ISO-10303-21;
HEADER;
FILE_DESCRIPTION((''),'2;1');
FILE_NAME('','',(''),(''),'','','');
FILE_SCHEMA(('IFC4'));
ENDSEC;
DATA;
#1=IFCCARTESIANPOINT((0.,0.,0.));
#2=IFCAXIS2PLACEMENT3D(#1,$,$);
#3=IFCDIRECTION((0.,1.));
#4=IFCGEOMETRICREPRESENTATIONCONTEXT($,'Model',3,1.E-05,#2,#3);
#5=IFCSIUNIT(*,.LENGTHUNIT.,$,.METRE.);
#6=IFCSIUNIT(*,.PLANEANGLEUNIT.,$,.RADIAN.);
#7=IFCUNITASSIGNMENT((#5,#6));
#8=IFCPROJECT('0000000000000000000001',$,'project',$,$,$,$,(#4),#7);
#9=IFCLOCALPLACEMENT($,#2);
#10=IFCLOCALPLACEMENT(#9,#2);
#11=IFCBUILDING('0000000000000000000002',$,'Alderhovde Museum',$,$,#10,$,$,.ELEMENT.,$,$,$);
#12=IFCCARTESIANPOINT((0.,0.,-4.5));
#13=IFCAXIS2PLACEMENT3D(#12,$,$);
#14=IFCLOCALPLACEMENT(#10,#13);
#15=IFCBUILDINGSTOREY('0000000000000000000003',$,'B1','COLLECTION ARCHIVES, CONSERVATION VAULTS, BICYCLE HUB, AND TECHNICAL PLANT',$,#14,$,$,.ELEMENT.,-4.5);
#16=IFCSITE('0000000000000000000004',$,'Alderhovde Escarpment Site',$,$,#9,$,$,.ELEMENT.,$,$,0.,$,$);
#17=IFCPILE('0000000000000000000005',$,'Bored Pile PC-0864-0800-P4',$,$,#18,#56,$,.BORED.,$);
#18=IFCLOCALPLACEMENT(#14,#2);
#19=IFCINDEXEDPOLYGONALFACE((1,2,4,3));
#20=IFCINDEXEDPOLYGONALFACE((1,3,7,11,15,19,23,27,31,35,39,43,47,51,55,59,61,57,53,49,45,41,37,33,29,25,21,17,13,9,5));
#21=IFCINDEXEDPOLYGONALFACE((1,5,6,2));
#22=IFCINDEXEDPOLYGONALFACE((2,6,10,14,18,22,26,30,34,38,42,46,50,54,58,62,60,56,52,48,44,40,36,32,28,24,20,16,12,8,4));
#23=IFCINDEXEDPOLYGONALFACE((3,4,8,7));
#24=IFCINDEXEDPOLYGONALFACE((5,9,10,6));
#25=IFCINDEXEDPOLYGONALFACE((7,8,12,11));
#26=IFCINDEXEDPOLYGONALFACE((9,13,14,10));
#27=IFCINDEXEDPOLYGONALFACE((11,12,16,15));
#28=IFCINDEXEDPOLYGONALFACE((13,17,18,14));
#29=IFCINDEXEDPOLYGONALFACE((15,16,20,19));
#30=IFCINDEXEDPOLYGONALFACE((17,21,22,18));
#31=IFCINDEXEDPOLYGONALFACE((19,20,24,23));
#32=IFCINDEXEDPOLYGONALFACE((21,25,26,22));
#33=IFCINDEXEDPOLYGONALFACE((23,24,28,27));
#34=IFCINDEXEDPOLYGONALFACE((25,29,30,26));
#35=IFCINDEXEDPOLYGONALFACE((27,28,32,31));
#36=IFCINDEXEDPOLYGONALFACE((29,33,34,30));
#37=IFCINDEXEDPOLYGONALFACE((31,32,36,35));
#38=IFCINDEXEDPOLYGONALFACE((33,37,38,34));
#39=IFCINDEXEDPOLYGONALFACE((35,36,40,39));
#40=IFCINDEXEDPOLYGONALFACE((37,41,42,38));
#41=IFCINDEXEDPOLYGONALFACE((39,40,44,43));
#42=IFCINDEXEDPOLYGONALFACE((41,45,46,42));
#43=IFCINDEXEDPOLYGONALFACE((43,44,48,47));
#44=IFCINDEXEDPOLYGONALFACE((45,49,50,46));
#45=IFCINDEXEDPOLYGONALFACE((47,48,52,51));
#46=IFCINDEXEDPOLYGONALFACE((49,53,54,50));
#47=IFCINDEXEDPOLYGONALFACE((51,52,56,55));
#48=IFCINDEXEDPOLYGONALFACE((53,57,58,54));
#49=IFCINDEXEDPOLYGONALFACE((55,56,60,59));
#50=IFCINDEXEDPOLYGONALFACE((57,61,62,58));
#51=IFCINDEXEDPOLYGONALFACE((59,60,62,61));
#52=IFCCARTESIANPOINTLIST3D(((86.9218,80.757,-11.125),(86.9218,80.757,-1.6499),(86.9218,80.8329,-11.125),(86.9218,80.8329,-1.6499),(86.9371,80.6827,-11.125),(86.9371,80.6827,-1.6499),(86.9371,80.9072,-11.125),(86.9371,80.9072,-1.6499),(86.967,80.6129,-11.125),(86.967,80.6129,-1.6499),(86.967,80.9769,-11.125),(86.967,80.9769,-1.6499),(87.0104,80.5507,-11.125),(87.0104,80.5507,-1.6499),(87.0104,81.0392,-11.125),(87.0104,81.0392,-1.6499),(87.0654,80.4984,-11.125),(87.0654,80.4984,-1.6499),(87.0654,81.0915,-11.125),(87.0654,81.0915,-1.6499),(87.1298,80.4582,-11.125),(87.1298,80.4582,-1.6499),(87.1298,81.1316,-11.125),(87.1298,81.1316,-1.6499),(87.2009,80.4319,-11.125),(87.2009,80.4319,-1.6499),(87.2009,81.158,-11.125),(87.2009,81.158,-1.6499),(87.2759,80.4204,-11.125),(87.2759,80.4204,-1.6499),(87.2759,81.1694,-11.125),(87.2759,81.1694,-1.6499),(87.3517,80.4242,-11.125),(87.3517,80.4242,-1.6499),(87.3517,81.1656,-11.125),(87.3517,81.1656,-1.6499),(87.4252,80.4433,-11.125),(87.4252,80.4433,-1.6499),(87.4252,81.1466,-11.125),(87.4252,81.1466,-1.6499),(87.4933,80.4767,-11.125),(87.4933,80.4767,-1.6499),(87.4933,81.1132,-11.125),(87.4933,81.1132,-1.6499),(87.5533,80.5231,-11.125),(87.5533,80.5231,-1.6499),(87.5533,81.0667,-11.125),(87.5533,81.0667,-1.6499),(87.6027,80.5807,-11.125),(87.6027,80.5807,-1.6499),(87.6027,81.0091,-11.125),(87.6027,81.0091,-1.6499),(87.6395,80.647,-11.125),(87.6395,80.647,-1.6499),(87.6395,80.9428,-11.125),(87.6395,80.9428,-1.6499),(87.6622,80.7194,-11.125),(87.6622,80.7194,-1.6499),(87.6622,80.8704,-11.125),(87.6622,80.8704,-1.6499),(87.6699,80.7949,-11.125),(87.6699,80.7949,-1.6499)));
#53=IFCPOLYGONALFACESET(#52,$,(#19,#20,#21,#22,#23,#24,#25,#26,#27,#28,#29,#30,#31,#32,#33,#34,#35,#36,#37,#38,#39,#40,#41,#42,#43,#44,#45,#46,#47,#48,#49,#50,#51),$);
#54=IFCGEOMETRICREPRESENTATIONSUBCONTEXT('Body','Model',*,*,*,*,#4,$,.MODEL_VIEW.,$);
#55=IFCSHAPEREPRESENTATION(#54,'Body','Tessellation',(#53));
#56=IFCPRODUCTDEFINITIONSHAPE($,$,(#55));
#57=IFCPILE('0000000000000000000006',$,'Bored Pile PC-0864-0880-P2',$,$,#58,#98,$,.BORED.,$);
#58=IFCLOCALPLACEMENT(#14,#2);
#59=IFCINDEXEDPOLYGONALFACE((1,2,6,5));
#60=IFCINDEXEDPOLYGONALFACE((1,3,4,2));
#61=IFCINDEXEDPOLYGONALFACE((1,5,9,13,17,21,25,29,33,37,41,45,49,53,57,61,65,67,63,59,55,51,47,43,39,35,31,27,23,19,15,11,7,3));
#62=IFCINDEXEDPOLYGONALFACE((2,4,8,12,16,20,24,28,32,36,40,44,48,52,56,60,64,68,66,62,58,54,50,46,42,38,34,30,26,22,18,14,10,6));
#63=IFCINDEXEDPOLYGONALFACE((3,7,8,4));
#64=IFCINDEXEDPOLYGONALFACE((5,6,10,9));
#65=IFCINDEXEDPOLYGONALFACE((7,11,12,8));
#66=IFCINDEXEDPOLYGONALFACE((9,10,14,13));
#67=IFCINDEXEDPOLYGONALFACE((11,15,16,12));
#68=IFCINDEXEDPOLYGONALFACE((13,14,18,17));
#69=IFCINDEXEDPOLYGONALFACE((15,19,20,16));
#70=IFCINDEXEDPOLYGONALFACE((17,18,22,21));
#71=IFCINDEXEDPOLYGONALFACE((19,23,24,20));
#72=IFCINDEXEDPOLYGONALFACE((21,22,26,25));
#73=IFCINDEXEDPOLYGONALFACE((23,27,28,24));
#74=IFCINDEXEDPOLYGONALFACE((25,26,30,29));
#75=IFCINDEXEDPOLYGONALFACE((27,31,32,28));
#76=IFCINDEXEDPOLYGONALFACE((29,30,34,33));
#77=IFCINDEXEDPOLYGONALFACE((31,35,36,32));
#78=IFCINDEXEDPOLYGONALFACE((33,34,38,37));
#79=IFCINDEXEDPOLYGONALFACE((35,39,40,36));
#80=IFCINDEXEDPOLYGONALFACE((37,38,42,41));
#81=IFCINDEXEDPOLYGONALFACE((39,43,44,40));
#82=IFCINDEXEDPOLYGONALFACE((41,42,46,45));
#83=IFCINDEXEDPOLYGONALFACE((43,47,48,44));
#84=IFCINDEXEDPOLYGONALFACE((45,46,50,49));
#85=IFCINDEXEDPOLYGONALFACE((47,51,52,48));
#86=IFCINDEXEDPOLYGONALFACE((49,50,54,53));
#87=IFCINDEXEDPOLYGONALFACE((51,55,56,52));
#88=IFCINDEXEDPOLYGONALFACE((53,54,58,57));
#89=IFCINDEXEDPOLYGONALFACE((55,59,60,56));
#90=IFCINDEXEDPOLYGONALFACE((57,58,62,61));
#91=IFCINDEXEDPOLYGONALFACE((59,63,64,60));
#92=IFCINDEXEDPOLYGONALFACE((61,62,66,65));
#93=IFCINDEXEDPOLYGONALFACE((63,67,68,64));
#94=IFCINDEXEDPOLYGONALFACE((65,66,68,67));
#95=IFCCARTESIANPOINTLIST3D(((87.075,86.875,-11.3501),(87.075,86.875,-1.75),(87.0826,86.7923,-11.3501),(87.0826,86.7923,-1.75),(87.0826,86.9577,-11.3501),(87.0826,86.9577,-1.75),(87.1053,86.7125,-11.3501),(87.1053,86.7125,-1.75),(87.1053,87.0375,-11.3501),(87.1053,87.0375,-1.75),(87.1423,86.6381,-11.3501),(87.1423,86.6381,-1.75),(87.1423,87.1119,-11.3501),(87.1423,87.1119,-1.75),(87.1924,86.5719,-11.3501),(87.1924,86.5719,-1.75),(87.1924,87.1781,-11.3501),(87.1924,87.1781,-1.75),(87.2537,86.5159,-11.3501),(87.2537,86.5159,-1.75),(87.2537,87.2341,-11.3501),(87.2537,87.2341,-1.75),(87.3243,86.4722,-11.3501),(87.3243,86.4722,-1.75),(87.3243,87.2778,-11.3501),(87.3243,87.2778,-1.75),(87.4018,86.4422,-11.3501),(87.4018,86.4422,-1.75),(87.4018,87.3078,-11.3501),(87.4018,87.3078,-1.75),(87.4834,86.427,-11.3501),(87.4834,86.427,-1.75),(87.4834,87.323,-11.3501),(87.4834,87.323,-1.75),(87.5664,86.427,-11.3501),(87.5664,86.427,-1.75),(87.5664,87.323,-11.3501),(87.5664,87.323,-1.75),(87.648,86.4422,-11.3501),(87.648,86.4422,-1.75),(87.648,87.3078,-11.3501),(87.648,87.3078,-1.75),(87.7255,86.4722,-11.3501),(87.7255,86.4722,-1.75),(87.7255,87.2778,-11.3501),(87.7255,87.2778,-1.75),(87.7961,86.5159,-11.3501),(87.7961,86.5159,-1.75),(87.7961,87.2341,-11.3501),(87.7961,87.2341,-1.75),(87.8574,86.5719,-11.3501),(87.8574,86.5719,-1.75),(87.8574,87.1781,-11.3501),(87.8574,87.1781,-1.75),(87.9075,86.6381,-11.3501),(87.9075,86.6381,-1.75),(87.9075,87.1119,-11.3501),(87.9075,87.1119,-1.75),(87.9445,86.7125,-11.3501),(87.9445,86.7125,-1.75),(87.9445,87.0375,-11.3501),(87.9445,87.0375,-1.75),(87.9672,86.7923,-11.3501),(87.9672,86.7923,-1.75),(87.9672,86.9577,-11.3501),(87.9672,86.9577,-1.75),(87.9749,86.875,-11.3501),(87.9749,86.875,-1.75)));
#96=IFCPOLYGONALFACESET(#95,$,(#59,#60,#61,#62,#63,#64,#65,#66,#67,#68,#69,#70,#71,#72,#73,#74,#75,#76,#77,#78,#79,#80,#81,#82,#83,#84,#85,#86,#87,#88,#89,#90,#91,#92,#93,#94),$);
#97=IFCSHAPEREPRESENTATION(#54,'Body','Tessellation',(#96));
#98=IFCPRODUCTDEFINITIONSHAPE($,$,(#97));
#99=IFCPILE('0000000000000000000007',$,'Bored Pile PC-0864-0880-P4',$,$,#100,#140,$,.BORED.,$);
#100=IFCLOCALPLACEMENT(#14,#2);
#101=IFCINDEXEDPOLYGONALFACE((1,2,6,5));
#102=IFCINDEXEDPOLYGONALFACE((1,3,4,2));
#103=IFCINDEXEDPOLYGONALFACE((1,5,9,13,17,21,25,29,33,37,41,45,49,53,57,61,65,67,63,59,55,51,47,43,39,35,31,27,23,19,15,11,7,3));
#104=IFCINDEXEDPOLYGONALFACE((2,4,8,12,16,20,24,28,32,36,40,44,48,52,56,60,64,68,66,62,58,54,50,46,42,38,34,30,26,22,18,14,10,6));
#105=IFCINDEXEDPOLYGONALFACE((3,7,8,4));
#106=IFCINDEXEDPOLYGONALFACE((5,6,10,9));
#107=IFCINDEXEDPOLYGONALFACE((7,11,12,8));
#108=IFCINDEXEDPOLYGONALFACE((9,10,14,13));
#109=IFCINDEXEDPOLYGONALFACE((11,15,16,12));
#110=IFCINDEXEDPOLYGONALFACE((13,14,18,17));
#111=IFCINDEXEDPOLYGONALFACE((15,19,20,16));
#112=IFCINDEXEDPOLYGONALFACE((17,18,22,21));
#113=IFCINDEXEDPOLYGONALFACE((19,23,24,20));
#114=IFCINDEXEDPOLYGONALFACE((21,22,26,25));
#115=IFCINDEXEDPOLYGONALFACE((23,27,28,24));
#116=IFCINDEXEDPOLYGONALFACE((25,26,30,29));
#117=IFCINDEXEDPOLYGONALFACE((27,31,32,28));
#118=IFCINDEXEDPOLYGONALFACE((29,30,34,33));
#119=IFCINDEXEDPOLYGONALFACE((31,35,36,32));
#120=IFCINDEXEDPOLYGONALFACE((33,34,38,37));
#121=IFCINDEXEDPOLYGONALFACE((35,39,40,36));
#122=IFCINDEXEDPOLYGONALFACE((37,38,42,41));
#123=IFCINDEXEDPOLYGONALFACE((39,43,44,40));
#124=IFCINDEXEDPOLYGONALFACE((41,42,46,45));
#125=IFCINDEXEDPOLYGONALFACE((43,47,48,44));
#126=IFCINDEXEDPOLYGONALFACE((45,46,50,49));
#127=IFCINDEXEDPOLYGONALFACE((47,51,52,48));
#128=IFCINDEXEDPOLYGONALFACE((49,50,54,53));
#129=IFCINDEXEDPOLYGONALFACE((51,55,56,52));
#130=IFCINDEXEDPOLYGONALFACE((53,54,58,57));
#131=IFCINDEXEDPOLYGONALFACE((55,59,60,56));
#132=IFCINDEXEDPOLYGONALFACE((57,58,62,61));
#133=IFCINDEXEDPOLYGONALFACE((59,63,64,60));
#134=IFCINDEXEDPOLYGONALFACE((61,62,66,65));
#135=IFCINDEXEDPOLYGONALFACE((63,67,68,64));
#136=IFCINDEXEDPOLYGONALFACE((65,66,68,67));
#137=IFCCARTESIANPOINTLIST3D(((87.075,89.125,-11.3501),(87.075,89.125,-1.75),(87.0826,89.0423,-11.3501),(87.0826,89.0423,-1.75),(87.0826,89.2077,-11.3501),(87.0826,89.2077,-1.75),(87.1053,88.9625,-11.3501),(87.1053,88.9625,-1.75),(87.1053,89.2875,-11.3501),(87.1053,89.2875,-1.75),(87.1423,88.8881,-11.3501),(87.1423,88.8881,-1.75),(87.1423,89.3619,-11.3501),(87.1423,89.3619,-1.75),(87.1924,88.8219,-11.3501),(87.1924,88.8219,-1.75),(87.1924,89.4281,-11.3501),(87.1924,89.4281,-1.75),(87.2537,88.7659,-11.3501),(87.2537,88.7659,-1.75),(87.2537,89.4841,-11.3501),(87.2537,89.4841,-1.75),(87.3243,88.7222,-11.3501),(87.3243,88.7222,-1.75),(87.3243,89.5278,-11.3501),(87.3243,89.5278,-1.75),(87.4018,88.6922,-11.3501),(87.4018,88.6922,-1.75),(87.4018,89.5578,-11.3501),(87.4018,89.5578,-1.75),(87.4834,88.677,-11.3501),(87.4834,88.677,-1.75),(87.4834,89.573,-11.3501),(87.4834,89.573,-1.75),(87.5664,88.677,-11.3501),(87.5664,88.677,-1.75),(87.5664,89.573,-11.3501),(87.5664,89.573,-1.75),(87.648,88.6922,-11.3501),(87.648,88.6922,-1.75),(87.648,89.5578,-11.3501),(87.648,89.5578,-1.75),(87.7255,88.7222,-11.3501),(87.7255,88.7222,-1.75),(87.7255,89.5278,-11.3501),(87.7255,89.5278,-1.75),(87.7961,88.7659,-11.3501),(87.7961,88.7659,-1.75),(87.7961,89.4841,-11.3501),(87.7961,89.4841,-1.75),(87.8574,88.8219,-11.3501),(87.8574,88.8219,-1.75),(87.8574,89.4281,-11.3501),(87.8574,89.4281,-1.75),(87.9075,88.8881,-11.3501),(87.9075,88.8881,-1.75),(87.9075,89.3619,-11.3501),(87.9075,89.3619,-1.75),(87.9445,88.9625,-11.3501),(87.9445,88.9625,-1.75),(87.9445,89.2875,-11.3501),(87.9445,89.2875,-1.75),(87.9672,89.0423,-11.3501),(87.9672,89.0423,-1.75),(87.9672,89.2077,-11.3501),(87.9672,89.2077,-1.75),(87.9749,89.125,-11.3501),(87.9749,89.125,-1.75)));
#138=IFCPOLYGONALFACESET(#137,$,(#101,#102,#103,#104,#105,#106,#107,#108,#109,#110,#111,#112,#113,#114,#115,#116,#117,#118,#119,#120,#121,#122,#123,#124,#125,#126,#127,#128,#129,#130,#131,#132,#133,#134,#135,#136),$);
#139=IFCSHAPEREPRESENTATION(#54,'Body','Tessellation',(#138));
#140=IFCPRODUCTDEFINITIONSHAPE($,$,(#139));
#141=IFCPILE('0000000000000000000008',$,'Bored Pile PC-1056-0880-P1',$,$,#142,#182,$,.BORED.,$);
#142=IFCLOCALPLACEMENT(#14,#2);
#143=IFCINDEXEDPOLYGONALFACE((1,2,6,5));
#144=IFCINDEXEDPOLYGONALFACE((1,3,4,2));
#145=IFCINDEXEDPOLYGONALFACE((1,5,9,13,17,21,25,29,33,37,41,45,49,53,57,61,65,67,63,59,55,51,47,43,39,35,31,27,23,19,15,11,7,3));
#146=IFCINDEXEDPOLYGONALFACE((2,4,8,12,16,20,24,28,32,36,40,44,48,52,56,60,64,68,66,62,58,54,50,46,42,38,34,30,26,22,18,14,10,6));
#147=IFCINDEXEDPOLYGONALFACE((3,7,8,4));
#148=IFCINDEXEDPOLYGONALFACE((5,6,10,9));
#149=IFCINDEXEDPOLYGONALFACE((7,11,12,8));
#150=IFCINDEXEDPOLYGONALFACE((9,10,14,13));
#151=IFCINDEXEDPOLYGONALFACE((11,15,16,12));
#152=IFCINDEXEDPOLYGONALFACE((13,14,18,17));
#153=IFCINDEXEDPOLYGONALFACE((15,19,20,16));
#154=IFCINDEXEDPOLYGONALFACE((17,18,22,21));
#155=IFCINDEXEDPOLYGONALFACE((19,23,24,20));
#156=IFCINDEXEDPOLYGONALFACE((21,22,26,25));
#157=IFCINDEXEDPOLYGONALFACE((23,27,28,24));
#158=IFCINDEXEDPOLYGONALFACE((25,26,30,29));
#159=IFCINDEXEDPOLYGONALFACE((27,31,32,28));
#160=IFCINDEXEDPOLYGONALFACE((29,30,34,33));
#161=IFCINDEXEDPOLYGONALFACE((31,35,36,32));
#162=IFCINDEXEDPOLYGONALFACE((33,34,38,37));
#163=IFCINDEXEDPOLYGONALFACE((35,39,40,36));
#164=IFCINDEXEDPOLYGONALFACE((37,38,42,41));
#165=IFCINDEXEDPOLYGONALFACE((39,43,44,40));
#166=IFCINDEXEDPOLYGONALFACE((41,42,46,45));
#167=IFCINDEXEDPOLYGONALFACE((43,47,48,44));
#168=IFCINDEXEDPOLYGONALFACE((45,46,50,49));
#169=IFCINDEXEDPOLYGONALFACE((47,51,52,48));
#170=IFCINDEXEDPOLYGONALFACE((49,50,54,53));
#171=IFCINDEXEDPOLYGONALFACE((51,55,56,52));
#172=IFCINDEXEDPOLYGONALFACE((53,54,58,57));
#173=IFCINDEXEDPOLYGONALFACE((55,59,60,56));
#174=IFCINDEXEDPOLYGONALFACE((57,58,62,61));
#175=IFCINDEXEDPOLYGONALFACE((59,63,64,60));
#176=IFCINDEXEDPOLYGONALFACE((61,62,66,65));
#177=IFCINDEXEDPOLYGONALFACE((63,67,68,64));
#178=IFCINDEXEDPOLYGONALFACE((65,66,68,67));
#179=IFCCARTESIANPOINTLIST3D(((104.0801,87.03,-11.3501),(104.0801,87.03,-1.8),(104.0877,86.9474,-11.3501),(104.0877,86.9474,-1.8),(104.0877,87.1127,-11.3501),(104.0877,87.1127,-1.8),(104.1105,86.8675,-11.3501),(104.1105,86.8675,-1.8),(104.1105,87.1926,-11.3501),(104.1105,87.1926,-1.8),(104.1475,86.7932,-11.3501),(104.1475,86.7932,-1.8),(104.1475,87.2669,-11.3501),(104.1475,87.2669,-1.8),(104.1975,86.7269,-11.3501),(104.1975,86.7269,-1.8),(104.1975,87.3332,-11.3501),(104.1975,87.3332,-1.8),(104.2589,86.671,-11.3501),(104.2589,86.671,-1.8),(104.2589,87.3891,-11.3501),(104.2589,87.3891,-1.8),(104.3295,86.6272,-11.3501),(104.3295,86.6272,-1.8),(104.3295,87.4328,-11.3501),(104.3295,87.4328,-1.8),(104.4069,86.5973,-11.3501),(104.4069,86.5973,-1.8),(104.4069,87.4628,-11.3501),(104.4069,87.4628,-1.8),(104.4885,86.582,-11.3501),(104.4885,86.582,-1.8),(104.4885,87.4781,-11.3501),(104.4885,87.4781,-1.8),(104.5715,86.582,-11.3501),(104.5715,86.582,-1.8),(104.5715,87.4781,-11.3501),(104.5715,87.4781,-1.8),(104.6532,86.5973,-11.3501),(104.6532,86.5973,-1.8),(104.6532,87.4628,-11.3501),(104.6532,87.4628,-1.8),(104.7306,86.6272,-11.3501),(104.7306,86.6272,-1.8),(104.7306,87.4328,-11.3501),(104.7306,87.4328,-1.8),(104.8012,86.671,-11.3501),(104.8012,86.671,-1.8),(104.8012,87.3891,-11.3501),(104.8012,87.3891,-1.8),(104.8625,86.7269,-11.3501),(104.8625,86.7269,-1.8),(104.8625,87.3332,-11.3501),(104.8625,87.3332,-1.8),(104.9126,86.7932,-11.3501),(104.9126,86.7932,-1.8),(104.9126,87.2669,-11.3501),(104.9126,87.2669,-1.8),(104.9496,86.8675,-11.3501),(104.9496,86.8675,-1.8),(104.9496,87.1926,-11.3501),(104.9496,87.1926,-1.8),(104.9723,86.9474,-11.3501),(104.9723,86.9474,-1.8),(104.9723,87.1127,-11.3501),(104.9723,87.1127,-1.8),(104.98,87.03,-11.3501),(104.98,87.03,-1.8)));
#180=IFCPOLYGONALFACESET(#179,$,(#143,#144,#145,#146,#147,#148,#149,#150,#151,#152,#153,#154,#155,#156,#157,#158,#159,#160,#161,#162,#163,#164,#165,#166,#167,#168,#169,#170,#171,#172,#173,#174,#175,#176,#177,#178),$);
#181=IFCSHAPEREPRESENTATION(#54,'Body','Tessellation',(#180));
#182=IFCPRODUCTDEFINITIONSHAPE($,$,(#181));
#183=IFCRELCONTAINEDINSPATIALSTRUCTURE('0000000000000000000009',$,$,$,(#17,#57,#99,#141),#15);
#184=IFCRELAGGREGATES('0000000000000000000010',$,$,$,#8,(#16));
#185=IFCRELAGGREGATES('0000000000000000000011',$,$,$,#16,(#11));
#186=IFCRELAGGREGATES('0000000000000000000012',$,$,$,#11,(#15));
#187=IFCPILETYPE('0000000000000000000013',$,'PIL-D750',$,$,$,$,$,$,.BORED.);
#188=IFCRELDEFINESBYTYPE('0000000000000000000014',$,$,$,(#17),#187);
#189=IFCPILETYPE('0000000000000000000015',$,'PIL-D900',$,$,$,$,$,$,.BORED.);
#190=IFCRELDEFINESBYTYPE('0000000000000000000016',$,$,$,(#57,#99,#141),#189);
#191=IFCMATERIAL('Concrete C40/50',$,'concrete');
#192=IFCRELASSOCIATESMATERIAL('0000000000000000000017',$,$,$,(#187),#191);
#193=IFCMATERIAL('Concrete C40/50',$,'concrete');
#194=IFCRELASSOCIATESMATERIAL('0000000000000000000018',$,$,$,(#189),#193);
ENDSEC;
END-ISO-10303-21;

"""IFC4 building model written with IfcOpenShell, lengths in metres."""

from ifc_helpers import new_model, si_unit, direction, frame, origin, origin_2d, place, context, subcontext, project, spatial, circle, extrude, material, material_profile, profile_set, type_object, element, save


model = new_model("IFC4")

# Units and contexts
model_context = context("Model", 3, precision=1e-05, world=origin(), true_north=direction((0.0, 1.0)))
body_context = subcontext(model_context, "Body", "Model", "MODEL_VIEW")
ifc_project = project(units=[si_unit("LENGTHUNIT", "METRE"), si_unit("PLANEANGLEUNIT", "RADIAN")], contexts=[model_context])

# Site, building, storey
site_placement = place(None, origin())
site = spatial("IfcSite", under=ifc_project, at=site_placement, Name="Alderhovde Escarpment Site", CompositionType="ELEMENT", RefElevation=0.0)
building_placement = place(site_placement, origin())
building = spatial("IfcBuilding", under=site, at=building_placement, Name="Alderhovde Museum", CompositionType="ELEMENT")
storey_placement = place(building_placement, frame((0.0, 0.0, -4.5)))
storey = spatial("IfcBuildingStorey", under=building, at=storey_placement, Name="B1", Description="COLLECTION ARCHIVES, CONSERVATION VAULTS, BICYCLE HUB, AND TECHNICAL PLANT", CompositionType="ELEMENT", Elevation=-4.5)

# Piles
ifc_material_1 = material(Name="Concrete C40/50", Category="concrete")
ifc_material_profile_1 = material_profile(ifc_material_1, circle(Radius=0.375, at=origin_2d()), Name="PILE-D750")
ifc_profile_set_1 = profile_set([ifc_material_profile_1], Name="Concrete C40/50")
pile_type_1 = type_object("IfcPileType", Name="PIL-D750", PredefinedType="BORED", material=ifc_profile_set_1)
for number, where, z_axis, x_axis, name in (
    (1, (87.2949, 80.7949, -1.6499), (0.0, 0.0, -1.0), (1.0, 0.0, 0.0), "Bored Pile PC-0864-0800-P4"),
):
    element("IfcPile", number, at=place(storey_placement, frame(where, z_axis=z_axis, x_axis=x_axis)), inside=storey, type_object=pile_type_1, Name=name, PredefinedType="BORED", context=body_context, shape_type="SweptSolid", body=[
        extrude(circle(Radius=0.375, at=origin_2d()), origin(), (0.0, 0.0, 1.0), 9.4751),
    ])
ifc_material_2 = material(Name="Concrete C40/50", Category="concrete")
ifc_material_profile_2 = material_profile(ifc_material_2, circle(Radius=0.45, at=origin_2d()), Name="PILE-D900")
ifc_profile_set_2 = profile_set([ifc_material_profile_2], Name="Concrete C40/50")
pile_type_2 = type_object("IfcPileType", Name="PIL-D900", PredefinedType="BORED", material=ifc_profile_set_2)
for number, where, z_axis, x_axis, name in (
    (2, (87.5249, 86.875, -1.75), (0.0, 0.0, -1.0), (1.0, 0.0, 0.0), "Bored Pile PC-0864-0880-P2"),
    (3, (87.5249, 89.125, -1.75), (0.0, 0.0, -1.0), (1.0, 0.0, 0.0), "Bored Pile PC-0864-0880-P4"),
):
    element("IfcPile", number, at=place(storey_placement, frame(where, z_axis=z_axis, x_axis=x_axis)), inside=storey, type_object=pile_type_2, Name=name, PredefinedType="BORED", context=body_context, shape_type="SweptSolid", body=[
        extrude(circle(Radius=0.45, at=origin_2d()), origin(), (0.0, 0.0, 1.0), 9.6001),
    ])
for number, where, z_axis, x_axis, name in (
    (4, (104.53, 87.03, -1.8), (0.0, 0.0, -1.0), (1.0, 0.0, 0.0), "Bored Pile PC-1056-0880-P1"),
):
    element("IfcPile", number, at=place(storey_placement, frame(where, z_axis=z_axis, x_axis=x_axis)), inside=storey, type_object=pile_type_2, Name=name, PredefinedType="BORED", context=body_context, shape_type="SweptSolid", body=[
        extrude(circle(Radius=0.45, at=origin_2d()), origin(), (0.0, 0.0, 1.0), 9.55),
    ])

save(model, "model.ifc")
